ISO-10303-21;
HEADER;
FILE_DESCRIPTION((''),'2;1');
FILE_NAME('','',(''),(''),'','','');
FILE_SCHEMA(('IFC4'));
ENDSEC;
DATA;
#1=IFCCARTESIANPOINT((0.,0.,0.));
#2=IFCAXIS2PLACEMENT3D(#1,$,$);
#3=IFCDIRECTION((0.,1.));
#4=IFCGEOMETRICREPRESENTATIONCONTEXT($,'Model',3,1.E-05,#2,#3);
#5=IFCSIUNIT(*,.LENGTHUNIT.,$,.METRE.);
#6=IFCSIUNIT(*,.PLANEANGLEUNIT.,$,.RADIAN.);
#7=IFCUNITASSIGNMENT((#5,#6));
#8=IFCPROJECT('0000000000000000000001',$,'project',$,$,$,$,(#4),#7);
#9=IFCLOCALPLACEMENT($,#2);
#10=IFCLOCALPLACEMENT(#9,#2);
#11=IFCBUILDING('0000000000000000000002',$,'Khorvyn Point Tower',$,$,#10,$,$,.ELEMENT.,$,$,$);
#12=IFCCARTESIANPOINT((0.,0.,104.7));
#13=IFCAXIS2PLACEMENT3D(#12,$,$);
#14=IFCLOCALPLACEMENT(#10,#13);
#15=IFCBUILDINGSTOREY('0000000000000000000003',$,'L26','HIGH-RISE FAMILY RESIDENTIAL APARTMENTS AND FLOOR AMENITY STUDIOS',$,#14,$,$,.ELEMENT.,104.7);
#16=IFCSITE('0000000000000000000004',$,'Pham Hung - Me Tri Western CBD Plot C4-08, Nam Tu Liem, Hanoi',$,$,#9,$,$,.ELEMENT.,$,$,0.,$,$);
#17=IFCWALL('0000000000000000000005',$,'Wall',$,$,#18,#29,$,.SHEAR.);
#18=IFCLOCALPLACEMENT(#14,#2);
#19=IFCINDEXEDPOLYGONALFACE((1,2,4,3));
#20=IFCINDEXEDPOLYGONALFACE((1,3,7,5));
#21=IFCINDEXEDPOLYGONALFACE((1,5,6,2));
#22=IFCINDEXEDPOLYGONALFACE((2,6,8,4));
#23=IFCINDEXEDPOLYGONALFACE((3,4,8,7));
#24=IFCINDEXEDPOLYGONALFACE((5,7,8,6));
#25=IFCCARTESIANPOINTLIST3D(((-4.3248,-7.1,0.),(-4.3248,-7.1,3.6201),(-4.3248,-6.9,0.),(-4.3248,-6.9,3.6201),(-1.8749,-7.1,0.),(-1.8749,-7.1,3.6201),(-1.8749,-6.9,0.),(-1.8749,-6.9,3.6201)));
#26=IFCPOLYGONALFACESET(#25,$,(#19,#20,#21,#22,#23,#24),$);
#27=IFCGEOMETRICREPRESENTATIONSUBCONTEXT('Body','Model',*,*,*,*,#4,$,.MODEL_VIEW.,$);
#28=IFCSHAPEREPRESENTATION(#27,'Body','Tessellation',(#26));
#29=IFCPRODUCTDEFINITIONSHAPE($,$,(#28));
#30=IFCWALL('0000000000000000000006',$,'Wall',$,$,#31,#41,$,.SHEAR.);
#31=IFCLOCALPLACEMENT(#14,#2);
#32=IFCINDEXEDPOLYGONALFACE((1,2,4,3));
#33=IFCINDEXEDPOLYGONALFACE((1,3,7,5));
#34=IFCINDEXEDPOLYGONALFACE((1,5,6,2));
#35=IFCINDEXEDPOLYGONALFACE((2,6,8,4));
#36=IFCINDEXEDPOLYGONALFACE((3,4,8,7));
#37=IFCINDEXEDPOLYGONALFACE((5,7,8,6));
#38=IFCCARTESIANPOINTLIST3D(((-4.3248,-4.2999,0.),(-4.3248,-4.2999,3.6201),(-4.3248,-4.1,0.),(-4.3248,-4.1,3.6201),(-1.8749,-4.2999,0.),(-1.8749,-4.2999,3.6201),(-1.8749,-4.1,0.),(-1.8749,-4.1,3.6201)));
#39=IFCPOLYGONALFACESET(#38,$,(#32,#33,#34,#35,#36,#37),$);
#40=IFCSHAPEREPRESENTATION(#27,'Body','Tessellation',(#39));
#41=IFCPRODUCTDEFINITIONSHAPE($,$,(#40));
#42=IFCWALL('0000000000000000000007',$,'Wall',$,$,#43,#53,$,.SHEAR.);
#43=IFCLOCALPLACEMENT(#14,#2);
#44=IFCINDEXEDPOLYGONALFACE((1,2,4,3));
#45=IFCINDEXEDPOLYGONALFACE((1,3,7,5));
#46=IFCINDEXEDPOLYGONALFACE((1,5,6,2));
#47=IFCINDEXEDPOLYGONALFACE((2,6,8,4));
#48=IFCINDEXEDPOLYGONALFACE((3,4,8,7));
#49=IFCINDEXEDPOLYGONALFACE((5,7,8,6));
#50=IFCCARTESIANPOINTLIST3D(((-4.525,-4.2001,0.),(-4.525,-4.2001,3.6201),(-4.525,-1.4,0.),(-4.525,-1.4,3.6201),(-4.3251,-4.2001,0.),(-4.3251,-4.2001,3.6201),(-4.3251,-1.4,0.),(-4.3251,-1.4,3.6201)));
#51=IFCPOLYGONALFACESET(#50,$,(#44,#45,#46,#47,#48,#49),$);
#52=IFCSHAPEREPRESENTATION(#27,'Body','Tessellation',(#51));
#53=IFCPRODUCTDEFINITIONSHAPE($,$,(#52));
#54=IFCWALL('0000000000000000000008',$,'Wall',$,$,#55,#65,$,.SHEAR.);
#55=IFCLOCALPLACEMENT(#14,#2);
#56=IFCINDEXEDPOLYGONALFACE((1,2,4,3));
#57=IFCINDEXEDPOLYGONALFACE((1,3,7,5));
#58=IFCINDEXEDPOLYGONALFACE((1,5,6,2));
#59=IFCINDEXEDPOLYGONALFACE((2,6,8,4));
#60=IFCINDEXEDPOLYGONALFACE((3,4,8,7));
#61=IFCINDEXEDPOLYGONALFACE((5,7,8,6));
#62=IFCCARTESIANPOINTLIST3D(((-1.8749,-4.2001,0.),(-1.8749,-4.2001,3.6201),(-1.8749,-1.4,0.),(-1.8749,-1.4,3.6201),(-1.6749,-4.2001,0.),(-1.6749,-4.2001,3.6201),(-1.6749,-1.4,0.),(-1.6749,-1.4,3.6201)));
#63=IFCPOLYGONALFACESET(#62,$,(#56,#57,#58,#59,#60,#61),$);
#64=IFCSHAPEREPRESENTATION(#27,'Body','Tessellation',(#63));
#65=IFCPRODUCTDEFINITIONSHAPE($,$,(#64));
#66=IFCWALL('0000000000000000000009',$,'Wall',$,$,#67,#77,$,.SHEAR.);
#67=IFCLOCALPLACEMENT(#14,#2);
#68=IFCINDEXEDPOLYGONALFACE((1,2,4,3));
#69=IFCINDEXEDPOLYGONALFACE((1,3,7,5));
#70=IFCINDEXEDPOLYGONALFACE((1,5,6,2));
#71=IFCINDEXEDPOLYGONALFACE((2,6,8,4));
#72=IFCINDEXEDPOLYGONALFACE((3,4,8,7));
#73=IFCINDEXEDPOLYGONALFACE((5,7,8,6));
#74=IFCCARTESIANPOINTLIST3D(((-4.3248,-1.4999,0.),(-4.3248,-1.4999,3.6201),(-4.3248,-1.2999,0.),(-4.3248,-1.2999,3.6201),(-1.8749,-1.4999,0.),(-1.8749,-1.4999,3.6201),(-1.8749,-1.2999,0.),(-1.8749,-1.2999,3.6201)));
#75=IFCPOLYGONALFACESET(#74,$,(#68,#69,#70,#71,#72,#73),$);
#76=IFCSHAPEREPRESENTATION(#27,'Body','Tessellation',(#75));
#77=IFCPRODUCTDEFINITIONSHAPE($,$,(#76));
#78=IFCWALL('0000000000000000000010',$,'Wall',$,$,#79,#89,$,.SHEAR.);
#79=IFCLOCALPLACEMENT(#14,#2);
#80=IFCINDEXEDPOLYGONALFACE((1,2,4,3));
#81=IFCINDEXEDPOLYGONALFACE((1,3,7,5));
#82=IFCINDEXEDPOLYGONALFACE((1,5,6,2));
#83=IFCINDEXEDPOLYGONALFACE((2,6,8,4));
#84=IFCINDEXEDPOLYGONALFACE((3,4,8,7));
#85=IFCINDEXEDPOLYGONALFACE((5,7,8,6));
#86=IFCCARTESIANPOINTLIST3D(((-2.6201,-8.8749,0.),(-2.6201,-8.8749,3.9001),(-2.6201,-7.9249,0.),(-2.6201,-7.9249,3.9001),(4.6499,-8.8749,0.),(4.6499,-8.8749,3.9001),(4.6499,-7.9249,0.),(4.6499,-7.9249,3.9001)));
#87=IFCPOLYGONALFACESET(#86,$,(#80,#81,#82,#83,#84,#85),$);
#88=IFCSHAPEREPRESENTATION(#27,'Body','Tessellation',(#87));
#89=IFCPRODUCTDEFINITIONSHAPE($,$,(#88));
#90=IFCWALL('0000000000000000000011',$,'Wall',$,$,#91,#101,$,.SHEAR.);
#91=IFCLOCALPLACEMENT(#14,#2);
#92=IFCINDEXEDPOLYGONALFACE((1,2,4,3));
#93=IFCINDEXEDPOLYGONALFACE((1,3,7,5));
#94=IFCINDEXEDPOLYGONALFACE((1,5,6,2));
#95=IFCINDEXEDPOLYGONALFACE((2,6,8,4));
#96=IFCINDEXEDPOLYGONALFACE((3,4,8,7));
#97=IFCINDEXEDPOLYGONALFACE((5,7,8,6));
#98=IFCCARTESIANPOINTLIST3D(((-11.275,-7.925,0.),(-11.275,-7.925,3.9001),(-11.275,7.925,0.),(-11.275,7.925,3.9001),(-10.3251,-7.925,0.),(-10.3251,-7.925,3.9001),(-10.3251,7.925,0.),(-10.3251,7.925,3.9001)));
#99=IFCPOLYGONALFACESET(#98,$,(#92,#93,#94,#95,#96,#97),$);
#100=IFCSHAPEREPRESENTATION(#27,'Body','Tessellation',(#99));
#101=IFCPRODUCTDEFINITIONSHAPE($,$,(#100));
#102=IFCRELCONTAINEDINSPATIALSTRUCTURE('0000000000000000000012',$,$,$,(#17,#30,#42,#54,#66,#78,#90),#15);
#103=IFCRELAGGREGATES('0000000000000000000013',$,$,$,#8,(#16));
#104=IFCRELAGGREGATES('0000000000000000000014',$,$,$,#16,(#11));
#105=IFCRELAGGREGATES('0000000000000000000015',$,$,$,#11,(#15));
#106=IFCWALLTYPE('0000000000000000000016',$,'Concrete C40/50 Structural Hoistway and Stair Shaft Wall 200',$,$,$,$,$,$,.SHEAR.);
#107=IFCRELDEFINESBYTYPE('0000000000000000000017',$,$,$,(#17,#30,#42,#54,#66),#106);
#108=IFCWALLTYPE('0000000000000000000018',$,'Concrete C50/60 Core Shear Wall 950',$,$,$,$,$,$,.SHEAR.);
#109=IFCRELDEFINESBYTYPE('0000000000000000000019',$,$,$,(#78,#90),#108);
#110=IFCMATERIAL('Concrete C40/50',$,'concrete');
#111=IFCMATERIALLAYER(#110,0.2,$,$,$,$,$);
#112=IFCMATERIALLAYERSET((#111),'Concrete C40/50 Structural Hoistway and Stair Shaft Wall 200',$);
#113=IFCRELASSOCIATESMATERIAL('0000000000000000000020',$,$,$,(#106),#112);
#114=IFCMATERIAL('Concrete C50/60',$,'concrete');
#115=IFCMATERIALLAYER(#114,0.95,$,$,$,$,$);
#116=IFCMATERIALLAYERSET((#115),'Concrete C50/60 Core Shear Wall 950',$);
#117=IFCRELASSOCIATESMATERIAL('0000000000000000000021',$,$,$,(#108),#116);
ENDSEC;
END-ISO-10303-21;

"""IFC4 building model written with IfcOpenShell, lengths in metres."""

from ifc_helpers import new_model, si_unit, direction, frame, frame_2d, origin, place, context, subcontext, project, spatial, rectangle, extrude, material, layer, layer_set, type_object, element, save


model = new_model("IFC4")

# Units and contexts
model_context = context("Model", 3, precision=1e-05, world=origin(), true_north=direction((0.0, 1.0)))
body_context = subcontext(model_context, "Body", "Model", "MODEL_VIEW")
ifc_project = project(units=[si_unit("LENGTHUNIT", "METRE"), si_unit("PLANEANGLEUNIT", "RADIAN")], contexts=[model_context])

# Site, building, storey
site_placement = place(None, origin())
site = spatial("IfcSite", under=ifc_project, at=site_placement, Name="Pham Hung - Me Tri Western CBD Plot C4-08, Nam Tu Liem, Hanoi", CompositionType="ELEMENT", RefElevation=0.0)
building_placement = place(site_placement, origin())
building = spatial("IfcBuilding", under=site, at=building_placement, Name="Khorvyn Point Tower", CompositionType="ELEMENT")
storey_placement = place(building_placement, frame((0.0, 0.0, 104.7)))
storey = spatial("IfcBuildingStorey", under=building, at=storey_placement, Name="L26", Description="HIGH-RISE FAMILY RESIDENTIAL APARTMENTS AND FLOOR AMENITY STUDIOS", CompositionType="ELEMENT", Elevation=104.7)

# Shared definitions
ifc_material_1 = material(Name="Concrete C40/50", Category="concrete")
ifc_material_2 = material(Name="Concrete C50/60", Category="concrete")

# Shared definitions
ifc_layer_1 = layer(ifc_material_1, 0.2)
ifc_layer_set_1 = layer_set([ifc_layer_1], Name="Concrete C40/50 Structural Hoistway and Stair Shaft Wall 200")
wall_type_1 = type_object("IfcWallType", Name="Concrete C40/50 Structural Hoistway and Stair Shaft Wall 200", PredefinedType="SHEAR", material=ifc_layer_set_1)

# Walls
for number, where, z_axis, x_axis, name in (
    (1, (-4.325, -7.0, 0.0), (0.0, 0.0, 1.0), (1.0, 0.0, 0.0), "Wall"),
    (2, (-4.325, -4.2, 0.0), (0.0, 0.0, 1.0), (1.0, 0.0, 0.0), "Wall"),
):
    element("IfcWall", number, at=place(storey_placement, frame(where, z_axis=z_axis, x_axis=x_axis)), inside=storey, type_object=wall_type_1, Name=name, PredefinedType="SHEAR", context=body_context, shape_type="SweptSolid", body=[
        extrude(rectangle(XDim=2.45, YDim=0.2, at=frame_2d((1.2251, 0.0))), origin(), (0.0, 0.0, 1.0), 3.6201),
    ])
for number, where, z_axis, x_axis, name in (
    (3, (-4.425, -4.2, 0.0), (0.0, 0.0, 1.0), (0.0, 1.0, 0.0), "Wall"),
    (4, (-1.7749, -4.2, 0.0), (0.0, 0.0, 1.0), (0.0, 1.0, 0.0), "Wall"),
):
    element("IfcWall", number, at=place(storey_placement, frame(where, z_axis=z_axis, x_axis=x_axis)), inside=storey, type_object=wall_type_1, Name=name, PredefinedType="SHEAR", context=body_context, shape_type="SweptSolid", body=[
        extrude(rectangle(XDim=2.8, YDim=0.2, at=frame_2d((1.3999, 0.0))), origin(), (0.0, 0.0, 1.0), 3.6201),
    ])
wall_1_placement = place(storey_placement, frame((-4.325, -1.3999, 0.0), z_axis=(0.0, 0.0, 1.0), x_axis=(1.0, 0.0, 0.0)))
element("IfcWall", 5, at=wall_1_placement, inside=storey, type_object=wall_type_1, Name="Wall", PredefinedType="SHEAR", context=body_context, shape_type="SweptSolid", body=[
    extrude(rectangle(XDim=2.45, YDim=0.2, at=frame_2d((1.2251, 0.0))), origin(), (0.0, 0.0, 1.0), 3.6201),
])
ifc_layer_2 = layer(ifc_material_2, 0.95)
ifc_layer_set_2 = layer_set([ifc_layer_2], Name="Concrete C50/60 Core Shear Wall 950")
wall_type_2 = type_object("IfcWallType", Name="Concrete C50/60 Core Shear Wall 950", PredefinedType="SHEAR", material=ifc_layer_set_2)
wall_2_placement = place(storey_placement, frame((-2.6201, -8.3999, 0.0), z_axis=(0.0, 0.0, 1.0), x_axis=(1.0, 0.0, 0.0)))
element("IfcWall", 6, at=wall_2_placement, inside=storey, type_object=wall_type_2, Name="Wall", PredefinedType="SHEAR", context=body_context, shape_type="SweptSolid", body=[
    extrude(rectangle(XDim=7.27, YDim=0.95, at=frame_2d((3.635, 0.0))), origin(), (0.0, 0.0, 1.0), 3.9001),
])
wall_3_placement = place(storey_placement, frame((-10.8, -7.925, 0.0), z_axis=(0.0, 0.0, 1.0), x_axis=(0.0, 1.0, 0.0)))
element("IfcWall", 7, at=wall_3_placement, inside=storey, type_object=wall_type_2, Name="Wall", PredefinedType="SHEAR", context=body_context, shape_type="SweptSolid", body=[
    extrude(rectangle(XDim=15.8501, YDim=0.95, at=frame_2d((7.925, 0.0))), origin(), (0.0, 0.0, 1.0), 3.9001),
])

save(model, "model.ifc")
